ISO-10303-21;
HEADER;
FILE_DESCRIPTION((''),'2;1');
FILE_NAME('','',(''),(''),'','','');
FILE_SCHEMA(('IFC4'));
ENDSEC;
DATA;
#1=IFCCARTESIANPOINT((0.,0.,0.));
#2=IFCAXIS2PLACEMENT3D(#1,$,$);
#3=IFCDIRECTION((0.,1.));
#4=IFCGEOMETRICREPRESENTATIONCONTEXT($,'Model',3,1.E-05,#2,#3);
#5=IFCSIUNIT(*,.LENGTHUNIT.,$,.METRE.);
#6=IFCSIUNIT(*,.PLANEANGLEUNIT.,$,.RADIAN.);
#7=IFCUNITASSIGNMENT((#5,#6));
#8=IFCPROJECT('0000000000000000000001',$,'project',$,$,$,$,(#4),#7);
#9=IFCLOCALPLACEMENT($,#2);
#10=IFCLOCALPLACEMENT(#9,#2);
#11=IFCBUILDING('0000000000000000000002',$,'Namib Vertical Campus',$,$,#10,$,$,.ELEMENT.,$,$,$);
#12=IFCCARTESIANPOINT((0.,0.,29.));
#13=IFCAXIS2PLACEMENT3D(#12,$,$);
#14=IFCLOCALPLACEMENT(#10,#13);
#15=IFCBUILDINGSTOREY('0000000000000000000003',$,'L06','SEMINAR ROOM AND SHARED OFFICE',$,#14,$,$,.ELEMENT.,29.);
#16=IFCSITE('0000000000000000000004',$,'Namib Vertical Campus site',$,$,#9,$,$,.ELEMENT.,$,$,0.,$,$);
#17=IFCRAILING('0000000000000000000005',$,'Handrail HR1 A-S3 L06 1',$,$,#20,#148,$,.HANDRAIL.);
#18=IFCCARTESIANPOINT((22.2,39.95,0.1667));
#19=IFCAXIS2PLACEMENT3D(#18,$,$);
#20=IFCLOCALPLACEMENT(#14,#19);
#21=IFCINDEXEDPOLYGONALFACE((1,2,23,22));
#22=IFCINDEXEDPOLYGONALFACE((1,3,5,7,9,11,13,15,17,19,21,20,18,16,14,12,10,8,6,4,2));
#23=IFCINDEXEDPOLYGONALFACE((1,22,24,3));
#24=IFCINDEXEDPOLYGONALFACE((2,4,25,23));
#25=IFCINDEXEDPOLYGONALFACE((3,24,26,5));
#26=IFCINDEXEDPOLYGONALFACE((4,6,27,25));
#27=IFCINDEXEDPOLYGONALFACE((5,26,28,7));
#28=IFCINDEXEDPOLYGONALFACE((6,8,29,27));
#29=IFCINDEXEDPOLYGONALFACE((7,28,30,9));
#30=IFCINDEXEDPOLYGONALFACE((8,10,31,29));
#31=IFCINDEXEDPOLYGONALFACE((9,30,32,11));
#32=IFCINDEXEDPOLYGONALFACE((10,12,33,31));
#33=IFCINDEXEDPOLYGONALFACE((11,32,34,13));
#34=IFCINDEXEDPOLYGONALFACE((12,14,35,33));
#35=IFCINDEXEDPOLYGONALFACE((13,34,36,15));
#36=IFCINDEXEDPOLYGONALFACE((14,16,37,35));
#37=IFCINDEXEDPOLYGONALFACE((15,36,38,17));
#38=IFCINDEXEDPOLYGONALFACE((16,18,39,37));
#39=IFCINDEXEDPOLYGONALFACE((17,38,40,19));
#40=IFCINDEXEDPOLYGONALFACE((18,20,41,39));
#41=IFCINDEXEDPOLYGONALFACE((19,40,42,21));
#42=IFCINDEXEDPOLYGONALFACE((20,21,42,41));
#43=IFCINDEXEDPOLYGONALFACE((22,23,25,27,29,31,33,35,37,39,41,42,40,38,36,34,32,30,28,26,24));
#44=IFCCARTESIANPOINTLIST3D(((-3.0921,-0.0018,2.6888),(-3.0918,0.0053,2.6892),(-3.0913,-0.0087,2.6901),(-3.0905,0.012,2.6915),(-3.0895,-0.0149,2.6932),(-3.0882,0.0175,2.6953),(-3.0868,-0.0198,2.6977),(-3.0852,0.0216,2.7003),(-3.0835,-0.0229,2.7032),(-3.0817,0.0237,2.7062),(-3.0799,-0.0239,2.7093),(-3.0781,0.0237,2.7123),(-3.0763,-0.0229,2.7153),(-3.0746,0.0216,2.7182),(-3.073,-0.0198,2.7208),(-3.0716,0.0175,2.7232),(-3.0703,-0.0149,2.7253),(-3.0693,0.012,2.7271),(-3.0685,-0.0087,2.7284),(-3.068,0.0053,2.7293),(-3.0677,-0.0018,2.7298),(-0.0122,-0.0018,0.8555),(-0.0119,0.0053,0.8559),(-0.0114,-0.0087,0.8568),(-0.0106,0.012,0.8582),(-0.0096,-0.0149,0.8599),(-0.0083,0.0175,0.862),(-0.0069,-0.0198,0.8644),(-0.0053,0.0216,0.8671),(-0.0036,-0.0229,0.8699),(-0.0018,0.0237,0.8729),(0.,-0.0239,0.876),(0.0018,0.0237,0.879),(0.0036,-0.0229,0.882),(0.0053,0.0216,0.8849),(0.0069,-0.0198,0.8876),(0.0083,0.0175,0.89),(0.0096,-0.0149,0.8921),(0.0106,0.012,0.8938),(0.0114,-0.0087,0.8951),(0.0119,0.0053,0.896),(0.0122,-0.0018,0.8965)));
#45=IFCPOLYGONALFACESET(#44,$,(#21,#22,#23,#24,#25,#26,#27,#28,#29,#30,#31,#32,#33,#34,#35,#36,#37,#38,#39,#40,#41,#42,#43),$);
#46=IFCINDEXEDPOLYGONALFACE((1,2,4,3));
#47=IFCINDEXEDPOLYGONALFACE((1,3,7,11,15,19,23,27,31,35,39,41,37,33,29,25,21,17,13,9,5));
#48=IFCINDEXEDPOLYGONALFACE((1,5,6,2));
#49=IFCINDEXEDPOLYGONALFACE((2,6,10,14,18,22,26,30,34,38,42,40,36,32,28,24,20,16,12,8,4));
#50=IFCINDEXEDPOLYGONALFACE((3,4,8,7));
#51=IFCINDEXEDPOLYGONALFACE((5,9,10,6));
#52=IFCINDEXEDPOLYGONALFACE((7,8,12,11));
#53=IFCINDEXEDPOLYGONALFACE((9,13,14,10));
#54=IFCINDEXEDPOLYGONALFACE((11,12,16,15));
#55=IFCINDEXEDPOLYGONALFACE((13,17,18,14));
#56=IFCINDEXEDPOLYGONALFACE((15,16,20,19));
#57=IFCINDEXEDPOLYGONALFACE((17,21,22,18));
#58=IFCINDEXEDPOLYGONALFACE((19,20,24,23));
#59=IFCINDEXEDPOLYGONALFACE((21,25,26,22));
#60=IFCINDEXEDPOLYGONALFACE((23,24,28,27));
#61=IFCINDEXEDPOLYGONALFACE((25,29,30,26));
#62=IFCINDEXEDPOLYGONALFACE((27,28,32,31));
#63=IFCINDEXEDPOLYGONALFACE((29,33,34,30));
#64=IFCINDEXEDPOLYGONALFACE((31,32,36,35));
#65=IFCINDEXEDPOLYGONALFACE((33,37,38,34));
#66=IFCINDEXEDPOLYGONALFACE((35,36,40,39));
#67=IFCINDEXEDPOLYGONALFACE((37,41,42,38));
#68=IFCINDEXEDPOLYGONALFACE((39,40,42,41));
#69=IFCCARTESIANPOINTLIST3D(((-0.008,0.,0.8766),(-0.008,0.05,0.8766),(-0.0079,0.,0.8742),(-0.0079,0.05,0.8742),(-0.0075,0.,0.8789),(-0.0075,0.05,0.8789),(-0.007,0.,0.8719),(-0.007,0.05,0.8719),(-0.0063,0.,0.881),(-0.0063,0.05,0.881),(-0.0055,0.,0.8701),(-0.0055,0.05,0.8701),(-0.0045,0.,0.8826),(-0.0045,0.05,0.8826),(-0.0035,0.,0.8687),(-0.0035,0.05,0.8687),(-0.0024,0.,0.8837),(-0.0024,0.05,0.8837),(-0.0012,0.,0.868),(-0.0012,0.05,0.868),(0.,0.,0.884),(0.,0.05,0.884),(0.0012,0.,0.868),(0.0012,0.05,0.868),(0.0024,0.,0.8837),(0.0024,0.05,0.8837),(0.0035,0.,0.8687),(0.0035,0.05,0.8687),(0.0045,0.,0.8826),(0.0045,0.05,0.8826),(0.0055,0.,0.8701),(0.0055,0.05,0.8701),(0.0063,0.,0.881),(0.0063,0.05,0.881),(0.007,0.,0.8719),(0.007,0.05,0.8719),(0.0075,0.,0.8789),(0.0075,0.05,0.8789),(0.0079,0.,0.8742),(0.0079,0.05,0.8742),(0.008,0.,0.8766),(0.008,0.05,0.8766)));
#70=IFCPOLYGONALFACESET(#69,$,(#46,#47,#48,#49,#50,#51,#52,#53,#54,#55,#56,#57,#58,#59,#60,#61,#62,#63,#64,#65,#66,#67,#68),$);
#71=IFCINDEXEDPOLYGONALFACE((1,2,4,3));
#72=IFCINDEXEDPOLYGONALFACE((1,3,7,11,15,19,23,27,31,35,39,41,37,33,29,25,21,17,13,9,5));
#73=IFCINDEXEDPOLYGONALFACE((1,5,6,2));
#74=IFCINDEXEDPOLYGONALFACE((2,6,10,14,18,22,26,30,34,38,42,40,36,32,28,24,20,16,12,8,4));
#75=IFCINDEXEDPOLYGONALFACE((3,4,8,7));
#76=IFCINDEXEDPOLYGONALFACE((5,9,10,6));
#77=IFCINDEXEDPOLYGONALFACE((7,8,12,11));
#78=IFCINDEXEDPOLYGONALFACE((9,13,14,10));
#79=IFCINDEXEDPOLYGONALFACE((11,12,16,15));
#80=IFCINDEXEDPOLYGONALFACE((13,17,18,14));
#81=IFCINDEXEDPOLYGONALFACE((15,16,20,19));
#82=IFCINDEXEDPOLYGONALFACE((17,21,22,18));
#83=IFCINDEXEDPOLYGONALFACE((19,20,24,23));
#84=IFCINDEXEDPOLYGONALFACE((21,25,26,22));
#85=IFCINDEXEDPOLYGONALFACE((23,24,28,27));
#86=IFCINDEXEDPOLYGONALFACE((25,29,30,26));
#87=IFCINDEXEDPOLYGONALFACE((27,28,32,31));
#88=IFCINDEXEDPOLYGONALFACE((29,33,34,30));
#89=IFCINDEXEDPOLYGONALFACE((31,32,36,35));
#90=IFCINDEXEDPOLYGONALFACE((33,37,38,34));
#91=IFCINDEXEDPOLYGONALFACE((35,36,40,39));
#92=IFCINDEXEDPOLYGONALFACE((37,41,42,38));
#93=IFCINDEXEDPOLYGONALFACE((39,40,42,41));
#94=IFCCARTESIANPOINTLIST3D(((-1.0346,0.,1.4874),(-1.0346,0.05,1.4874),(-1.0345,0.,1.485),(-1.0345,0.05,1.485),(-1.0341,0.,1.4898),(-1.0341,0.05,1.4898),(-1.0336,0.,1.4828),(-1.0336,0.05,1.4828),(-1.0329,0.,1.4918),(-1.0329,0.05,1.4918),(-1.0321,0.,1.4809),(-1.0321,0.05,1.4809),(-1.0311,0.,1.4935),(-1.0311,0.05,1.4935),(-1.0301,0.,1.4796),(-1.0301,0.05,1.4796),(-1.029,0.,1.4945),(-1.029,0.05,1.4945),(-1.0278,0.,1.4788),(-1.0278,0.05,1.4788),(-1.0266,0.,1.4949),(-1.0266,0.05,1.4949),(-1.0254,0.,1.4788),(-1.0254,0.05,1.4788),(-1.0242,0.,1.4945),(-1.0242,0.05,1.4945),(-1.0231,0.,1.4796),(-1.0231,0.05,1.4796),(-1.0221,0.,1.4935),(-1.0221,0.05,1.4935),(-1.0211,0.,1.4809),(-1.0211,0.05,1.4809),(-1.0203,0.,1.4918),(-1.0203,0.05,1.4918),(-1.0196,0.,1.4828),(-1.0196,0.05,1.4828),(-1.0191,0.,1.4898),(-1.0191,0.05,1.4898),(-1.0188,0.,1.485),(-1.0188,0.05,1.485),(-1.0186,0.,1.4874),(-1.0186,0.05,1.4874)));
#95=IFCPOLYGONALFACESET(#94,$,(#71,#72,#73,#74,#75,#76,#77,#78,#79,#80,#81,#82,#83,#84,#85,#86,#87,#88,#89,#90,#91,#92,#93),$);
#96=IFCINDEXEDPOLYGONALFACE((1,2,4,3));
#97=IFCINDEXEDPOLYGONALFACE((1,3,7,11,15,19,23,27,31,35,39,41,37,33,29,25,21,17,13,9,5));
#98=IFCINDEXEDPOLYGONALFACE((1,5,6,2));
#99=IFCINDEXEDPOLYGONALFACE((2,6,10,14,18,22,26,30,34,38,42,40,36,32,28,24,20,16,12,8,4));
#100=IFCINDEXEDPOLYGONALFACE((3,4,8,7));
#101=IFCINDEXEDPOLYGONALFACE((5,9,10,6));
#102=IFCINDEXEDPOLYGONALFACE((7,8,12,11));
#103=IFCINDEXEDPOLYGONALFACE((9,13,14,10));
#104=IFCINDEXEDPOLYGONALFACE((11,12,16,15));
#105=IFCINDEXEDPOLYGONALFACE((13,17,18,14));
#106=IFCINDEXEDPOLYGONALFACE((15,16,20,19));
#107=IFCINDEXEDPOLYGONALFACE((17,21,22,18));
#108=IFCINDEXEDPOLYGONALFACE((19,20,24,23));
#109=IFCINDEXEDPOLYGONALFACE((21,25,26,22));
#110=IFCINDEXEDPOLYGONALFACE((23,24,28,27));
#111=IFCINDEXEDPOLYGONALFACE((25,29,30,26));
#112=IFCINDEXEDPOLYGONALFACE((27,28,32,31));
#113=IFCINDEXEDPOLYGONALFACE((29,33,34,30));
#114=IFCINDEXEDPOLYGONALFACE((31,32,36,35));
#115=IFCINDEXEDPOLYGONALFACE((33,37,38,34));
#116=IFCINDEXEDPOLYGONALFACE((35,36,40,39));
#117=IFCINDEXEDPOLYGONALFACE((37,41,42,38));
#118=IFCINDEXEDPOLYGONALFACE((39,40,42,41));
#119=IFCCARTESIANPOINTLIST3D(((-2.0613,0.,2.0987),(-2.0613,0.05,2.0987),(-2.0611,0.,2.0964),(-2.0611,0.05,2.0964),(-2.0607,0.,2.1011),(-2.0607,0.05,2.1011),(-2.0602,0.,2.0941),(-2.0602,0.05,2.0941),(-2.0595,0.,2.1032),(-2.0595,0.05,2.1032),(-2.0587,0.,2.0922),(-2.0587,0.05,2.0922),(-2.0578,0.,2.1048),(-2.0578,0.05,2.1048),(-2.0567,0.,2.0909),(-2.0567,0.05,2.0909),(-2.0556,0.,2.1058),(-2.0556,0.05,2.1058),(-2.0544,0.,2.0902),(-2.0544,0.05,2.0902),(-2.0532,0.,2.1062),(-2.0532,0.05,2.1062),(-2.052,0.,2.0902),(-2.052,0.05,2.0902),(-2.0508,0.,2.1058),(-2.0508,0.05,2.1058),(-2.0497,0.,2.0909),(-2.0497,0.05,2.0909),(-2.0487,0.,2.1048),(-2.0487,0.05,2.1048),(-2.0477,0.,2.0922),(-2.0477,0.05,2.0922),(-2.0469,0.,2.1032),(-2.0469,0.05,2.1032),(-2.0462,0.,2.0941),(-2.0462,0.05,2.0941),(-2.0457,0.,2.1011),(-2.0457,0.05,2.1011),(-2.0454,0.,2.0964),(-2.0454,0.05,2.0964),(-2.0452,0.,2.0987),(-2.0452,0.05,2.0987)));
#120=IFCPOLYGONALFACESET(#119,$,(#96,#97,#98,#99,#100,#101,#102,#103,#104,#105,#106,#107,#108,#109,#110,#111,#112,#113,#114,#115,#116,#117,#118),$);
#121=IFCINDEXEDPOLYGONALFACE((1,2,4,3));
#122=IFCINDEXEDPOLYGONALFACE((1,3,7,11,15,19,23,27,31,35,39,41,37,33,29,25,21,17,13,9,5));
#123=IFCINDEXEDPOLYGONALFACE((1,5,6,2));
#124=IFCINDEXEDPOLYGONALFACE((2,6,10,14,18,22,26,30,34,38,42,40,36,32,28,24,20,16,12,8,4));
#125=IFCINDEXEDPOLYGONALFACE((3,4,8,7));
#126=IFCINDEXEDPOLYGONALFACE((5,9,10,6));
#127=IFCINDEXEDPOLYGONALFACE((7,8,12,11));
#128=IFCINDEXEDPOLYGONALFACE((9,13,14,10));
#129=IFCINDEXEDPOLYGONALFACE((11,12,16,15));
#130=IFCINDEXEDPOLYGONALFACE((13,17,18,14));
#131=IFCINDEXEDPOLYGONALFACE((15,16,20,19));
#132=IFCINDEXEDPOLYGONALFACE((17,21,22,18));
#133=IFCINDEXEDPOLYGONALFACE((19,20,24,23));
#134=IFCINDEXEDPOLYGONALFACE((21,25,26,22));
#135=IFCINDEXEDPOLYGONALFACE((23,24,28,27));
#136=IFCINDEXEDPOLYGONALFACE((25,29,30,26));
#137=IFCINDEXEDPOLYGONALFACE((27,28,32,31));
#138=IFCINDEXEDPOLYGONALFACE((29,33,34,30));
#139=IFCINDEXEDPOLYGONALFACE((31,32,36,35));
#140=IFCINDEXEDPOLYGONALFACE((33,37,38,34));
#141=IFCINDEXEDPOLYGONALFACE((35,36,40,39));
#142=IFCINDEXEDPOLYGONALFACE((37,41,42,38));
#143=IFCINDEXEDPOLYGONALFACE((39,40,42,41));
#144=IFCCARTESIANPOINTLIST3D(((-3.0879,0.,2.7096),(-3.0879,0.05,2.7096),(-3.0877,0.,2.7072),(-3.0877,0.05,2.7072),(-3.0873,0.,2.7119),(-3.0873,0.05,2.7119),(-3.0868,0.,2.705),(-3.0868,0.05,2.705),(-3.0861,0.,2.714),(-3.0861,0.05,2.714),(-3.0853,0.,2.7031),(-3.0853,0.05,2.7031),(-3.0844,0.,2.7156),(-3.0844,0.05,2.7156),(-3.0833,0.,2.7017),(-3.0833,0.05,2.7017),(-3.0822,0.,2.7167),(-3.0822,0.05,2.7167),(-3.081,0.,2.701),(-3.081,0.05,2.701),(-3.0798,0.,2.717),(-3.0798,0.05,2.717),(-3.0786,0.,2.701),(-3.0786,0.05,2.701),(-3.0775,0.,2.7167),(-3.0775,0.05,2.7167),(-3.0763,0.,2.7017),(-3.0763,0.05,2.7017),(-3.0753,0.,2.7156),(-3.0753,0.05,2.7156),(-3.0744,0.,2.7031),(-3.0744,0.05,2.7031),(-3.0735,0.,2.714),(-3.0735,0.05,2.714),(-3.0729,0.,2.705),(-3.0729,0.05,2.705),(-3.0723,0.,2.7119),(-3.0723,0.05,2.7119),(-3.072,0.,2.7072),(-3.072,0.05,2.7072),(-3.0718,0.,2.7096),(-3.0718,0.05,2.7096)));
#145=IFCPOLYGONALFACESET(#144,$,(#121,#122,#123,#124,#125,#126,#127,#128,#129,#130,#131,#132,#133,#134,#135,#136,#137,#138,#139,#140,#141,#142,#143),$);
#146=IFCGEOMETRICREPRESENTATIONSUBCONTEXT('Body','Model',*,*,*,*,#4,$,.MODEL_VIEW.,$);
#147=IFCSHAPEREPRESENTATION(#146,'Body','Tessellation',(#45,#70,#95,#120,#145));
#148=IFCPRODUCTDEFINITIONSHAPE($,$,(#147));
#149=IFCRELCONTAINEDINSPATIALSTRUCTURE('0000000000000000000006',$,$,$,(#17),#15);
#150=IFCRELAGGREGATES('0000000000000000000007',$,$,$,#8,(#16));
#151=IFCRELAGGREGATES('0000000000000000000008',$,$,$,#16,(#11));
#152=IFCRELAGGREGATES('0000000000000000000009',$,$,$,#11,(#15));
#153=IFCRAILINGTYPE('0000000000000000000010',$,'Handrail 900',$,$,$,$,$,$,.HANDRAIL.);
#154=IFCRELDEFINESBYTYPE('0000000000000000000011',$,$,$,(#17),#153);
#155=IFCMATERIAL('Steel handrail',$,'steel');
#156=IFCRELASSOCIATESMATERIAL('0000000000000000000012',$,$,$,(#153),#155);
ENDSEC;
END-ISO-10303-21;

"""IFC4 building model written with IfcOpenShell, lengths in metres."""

from ifc_helpers import new_model, si_unit, direction, frame, origin, origin_2d, place, context, subcontext, project, spatial, circle, extrude, material, type_object, element, save


model = new_model("IFC4")

# Units and contexts
model_context = context("Model", 3, precision=1e-05, world=origin(), true_north=direction((0.0, 1.0)))
body_context = subcontext(model_context, "Body", "Model", "MODEL_VIEW")
ifc_project = project(units=[si_unit("LENGTHUNIT", "METRE"), si_unit("PLANEANGLEUNIT", "RADIAN")], contexts=[model_context])

# Site, building, storey
site_placement = place(None, origin())
site = spatial("IfcSite", under=ifc_project, at=site_placement, Name="Namib Vertical Campus site", CompositionType="ELEMENT", RefElevation=0.0)
building_placement = place(site_placement, origin())
building = spatial("IfcBuilding", under=site, at=building_placement, Name="Namib Vertical Campus", CompositionType="ELEMENT")
storey_placement = place(building_placement, frame((0.0, 0.0, 29.0)))
storey = spatial("IfcBuildingStorey", under=building, at=storey_placement, Name="L06", Description="SEMINAR ROOM AND SHARED OFFICE", CompositionType="ELEMENT", Elevation=29.0)

# Railing
ifc_material_1 = material(Name="Steel handrail", Category="steel")
railing_type_1 = type_object("IfcRailingType", Name="Handrail 900", PredefinedType="HANDRAIL", material=ifc_material_1)
railing_1_placement = place(storey_placement, frame((22.2, 39.95, 0.1667)))
element("IfcRailing", 1, at=railing_1_placement, inside=storey, type_object=railing_type_1, Name="Handrail HR1 A-S3 L06 1", PredefinedType="HANDRAIL", context=body_context, shape_type="SweptSolid", body=[
    extrude(circle(Radius=0.0239, at=origin_2d()), frame((0.0, 0.0, 0.876), z_axis=(-0.859291, 0.0, 0.511487), x_axis=(0.0, -1.0, 0.0)), (0.0, 0.0, 1.0), 3.5842),
    extrude(circle(Radius=0.0081, at=origin_2d()), frame((0.0, 0.0, 0.876), z_axis=(0.0, 1.0, 0.0), x_axis=(0.0, 0.0, 1.0)), (0.0, 0.0, 1.0), 0.05),
    extrude(circle(Radius=0.0081, at=origin_2d()), frame((-1.0266, 0.0, 1.4868), z_axis=(0.0, 1.0, 0.0), x_axis=(0.0, 0.0, 1.0)), (0.0, 0.0, 1.0), 0.05),
    extrude(circle(Radius=0.0081, at=origin_2d()), frame((-2.0532, 0.0, 2.0981), z_axis=(0.0, 1.0, 0.0), x_axis=(0.0, 0.0, 1.0)), (0.0, 0.0, 1.0), 0.05),
    extrude(circle(Radius=0.0081, at=origin_2d()), frame((-3.0798, 0.0, 2.709), z_axis=(0.0, 1.0, 0.0), x_axis=(0.0, 0.0, 1.0)), (0.0, 0.0, 1.0), 0.05),
])

save(model, "model.ifc")
